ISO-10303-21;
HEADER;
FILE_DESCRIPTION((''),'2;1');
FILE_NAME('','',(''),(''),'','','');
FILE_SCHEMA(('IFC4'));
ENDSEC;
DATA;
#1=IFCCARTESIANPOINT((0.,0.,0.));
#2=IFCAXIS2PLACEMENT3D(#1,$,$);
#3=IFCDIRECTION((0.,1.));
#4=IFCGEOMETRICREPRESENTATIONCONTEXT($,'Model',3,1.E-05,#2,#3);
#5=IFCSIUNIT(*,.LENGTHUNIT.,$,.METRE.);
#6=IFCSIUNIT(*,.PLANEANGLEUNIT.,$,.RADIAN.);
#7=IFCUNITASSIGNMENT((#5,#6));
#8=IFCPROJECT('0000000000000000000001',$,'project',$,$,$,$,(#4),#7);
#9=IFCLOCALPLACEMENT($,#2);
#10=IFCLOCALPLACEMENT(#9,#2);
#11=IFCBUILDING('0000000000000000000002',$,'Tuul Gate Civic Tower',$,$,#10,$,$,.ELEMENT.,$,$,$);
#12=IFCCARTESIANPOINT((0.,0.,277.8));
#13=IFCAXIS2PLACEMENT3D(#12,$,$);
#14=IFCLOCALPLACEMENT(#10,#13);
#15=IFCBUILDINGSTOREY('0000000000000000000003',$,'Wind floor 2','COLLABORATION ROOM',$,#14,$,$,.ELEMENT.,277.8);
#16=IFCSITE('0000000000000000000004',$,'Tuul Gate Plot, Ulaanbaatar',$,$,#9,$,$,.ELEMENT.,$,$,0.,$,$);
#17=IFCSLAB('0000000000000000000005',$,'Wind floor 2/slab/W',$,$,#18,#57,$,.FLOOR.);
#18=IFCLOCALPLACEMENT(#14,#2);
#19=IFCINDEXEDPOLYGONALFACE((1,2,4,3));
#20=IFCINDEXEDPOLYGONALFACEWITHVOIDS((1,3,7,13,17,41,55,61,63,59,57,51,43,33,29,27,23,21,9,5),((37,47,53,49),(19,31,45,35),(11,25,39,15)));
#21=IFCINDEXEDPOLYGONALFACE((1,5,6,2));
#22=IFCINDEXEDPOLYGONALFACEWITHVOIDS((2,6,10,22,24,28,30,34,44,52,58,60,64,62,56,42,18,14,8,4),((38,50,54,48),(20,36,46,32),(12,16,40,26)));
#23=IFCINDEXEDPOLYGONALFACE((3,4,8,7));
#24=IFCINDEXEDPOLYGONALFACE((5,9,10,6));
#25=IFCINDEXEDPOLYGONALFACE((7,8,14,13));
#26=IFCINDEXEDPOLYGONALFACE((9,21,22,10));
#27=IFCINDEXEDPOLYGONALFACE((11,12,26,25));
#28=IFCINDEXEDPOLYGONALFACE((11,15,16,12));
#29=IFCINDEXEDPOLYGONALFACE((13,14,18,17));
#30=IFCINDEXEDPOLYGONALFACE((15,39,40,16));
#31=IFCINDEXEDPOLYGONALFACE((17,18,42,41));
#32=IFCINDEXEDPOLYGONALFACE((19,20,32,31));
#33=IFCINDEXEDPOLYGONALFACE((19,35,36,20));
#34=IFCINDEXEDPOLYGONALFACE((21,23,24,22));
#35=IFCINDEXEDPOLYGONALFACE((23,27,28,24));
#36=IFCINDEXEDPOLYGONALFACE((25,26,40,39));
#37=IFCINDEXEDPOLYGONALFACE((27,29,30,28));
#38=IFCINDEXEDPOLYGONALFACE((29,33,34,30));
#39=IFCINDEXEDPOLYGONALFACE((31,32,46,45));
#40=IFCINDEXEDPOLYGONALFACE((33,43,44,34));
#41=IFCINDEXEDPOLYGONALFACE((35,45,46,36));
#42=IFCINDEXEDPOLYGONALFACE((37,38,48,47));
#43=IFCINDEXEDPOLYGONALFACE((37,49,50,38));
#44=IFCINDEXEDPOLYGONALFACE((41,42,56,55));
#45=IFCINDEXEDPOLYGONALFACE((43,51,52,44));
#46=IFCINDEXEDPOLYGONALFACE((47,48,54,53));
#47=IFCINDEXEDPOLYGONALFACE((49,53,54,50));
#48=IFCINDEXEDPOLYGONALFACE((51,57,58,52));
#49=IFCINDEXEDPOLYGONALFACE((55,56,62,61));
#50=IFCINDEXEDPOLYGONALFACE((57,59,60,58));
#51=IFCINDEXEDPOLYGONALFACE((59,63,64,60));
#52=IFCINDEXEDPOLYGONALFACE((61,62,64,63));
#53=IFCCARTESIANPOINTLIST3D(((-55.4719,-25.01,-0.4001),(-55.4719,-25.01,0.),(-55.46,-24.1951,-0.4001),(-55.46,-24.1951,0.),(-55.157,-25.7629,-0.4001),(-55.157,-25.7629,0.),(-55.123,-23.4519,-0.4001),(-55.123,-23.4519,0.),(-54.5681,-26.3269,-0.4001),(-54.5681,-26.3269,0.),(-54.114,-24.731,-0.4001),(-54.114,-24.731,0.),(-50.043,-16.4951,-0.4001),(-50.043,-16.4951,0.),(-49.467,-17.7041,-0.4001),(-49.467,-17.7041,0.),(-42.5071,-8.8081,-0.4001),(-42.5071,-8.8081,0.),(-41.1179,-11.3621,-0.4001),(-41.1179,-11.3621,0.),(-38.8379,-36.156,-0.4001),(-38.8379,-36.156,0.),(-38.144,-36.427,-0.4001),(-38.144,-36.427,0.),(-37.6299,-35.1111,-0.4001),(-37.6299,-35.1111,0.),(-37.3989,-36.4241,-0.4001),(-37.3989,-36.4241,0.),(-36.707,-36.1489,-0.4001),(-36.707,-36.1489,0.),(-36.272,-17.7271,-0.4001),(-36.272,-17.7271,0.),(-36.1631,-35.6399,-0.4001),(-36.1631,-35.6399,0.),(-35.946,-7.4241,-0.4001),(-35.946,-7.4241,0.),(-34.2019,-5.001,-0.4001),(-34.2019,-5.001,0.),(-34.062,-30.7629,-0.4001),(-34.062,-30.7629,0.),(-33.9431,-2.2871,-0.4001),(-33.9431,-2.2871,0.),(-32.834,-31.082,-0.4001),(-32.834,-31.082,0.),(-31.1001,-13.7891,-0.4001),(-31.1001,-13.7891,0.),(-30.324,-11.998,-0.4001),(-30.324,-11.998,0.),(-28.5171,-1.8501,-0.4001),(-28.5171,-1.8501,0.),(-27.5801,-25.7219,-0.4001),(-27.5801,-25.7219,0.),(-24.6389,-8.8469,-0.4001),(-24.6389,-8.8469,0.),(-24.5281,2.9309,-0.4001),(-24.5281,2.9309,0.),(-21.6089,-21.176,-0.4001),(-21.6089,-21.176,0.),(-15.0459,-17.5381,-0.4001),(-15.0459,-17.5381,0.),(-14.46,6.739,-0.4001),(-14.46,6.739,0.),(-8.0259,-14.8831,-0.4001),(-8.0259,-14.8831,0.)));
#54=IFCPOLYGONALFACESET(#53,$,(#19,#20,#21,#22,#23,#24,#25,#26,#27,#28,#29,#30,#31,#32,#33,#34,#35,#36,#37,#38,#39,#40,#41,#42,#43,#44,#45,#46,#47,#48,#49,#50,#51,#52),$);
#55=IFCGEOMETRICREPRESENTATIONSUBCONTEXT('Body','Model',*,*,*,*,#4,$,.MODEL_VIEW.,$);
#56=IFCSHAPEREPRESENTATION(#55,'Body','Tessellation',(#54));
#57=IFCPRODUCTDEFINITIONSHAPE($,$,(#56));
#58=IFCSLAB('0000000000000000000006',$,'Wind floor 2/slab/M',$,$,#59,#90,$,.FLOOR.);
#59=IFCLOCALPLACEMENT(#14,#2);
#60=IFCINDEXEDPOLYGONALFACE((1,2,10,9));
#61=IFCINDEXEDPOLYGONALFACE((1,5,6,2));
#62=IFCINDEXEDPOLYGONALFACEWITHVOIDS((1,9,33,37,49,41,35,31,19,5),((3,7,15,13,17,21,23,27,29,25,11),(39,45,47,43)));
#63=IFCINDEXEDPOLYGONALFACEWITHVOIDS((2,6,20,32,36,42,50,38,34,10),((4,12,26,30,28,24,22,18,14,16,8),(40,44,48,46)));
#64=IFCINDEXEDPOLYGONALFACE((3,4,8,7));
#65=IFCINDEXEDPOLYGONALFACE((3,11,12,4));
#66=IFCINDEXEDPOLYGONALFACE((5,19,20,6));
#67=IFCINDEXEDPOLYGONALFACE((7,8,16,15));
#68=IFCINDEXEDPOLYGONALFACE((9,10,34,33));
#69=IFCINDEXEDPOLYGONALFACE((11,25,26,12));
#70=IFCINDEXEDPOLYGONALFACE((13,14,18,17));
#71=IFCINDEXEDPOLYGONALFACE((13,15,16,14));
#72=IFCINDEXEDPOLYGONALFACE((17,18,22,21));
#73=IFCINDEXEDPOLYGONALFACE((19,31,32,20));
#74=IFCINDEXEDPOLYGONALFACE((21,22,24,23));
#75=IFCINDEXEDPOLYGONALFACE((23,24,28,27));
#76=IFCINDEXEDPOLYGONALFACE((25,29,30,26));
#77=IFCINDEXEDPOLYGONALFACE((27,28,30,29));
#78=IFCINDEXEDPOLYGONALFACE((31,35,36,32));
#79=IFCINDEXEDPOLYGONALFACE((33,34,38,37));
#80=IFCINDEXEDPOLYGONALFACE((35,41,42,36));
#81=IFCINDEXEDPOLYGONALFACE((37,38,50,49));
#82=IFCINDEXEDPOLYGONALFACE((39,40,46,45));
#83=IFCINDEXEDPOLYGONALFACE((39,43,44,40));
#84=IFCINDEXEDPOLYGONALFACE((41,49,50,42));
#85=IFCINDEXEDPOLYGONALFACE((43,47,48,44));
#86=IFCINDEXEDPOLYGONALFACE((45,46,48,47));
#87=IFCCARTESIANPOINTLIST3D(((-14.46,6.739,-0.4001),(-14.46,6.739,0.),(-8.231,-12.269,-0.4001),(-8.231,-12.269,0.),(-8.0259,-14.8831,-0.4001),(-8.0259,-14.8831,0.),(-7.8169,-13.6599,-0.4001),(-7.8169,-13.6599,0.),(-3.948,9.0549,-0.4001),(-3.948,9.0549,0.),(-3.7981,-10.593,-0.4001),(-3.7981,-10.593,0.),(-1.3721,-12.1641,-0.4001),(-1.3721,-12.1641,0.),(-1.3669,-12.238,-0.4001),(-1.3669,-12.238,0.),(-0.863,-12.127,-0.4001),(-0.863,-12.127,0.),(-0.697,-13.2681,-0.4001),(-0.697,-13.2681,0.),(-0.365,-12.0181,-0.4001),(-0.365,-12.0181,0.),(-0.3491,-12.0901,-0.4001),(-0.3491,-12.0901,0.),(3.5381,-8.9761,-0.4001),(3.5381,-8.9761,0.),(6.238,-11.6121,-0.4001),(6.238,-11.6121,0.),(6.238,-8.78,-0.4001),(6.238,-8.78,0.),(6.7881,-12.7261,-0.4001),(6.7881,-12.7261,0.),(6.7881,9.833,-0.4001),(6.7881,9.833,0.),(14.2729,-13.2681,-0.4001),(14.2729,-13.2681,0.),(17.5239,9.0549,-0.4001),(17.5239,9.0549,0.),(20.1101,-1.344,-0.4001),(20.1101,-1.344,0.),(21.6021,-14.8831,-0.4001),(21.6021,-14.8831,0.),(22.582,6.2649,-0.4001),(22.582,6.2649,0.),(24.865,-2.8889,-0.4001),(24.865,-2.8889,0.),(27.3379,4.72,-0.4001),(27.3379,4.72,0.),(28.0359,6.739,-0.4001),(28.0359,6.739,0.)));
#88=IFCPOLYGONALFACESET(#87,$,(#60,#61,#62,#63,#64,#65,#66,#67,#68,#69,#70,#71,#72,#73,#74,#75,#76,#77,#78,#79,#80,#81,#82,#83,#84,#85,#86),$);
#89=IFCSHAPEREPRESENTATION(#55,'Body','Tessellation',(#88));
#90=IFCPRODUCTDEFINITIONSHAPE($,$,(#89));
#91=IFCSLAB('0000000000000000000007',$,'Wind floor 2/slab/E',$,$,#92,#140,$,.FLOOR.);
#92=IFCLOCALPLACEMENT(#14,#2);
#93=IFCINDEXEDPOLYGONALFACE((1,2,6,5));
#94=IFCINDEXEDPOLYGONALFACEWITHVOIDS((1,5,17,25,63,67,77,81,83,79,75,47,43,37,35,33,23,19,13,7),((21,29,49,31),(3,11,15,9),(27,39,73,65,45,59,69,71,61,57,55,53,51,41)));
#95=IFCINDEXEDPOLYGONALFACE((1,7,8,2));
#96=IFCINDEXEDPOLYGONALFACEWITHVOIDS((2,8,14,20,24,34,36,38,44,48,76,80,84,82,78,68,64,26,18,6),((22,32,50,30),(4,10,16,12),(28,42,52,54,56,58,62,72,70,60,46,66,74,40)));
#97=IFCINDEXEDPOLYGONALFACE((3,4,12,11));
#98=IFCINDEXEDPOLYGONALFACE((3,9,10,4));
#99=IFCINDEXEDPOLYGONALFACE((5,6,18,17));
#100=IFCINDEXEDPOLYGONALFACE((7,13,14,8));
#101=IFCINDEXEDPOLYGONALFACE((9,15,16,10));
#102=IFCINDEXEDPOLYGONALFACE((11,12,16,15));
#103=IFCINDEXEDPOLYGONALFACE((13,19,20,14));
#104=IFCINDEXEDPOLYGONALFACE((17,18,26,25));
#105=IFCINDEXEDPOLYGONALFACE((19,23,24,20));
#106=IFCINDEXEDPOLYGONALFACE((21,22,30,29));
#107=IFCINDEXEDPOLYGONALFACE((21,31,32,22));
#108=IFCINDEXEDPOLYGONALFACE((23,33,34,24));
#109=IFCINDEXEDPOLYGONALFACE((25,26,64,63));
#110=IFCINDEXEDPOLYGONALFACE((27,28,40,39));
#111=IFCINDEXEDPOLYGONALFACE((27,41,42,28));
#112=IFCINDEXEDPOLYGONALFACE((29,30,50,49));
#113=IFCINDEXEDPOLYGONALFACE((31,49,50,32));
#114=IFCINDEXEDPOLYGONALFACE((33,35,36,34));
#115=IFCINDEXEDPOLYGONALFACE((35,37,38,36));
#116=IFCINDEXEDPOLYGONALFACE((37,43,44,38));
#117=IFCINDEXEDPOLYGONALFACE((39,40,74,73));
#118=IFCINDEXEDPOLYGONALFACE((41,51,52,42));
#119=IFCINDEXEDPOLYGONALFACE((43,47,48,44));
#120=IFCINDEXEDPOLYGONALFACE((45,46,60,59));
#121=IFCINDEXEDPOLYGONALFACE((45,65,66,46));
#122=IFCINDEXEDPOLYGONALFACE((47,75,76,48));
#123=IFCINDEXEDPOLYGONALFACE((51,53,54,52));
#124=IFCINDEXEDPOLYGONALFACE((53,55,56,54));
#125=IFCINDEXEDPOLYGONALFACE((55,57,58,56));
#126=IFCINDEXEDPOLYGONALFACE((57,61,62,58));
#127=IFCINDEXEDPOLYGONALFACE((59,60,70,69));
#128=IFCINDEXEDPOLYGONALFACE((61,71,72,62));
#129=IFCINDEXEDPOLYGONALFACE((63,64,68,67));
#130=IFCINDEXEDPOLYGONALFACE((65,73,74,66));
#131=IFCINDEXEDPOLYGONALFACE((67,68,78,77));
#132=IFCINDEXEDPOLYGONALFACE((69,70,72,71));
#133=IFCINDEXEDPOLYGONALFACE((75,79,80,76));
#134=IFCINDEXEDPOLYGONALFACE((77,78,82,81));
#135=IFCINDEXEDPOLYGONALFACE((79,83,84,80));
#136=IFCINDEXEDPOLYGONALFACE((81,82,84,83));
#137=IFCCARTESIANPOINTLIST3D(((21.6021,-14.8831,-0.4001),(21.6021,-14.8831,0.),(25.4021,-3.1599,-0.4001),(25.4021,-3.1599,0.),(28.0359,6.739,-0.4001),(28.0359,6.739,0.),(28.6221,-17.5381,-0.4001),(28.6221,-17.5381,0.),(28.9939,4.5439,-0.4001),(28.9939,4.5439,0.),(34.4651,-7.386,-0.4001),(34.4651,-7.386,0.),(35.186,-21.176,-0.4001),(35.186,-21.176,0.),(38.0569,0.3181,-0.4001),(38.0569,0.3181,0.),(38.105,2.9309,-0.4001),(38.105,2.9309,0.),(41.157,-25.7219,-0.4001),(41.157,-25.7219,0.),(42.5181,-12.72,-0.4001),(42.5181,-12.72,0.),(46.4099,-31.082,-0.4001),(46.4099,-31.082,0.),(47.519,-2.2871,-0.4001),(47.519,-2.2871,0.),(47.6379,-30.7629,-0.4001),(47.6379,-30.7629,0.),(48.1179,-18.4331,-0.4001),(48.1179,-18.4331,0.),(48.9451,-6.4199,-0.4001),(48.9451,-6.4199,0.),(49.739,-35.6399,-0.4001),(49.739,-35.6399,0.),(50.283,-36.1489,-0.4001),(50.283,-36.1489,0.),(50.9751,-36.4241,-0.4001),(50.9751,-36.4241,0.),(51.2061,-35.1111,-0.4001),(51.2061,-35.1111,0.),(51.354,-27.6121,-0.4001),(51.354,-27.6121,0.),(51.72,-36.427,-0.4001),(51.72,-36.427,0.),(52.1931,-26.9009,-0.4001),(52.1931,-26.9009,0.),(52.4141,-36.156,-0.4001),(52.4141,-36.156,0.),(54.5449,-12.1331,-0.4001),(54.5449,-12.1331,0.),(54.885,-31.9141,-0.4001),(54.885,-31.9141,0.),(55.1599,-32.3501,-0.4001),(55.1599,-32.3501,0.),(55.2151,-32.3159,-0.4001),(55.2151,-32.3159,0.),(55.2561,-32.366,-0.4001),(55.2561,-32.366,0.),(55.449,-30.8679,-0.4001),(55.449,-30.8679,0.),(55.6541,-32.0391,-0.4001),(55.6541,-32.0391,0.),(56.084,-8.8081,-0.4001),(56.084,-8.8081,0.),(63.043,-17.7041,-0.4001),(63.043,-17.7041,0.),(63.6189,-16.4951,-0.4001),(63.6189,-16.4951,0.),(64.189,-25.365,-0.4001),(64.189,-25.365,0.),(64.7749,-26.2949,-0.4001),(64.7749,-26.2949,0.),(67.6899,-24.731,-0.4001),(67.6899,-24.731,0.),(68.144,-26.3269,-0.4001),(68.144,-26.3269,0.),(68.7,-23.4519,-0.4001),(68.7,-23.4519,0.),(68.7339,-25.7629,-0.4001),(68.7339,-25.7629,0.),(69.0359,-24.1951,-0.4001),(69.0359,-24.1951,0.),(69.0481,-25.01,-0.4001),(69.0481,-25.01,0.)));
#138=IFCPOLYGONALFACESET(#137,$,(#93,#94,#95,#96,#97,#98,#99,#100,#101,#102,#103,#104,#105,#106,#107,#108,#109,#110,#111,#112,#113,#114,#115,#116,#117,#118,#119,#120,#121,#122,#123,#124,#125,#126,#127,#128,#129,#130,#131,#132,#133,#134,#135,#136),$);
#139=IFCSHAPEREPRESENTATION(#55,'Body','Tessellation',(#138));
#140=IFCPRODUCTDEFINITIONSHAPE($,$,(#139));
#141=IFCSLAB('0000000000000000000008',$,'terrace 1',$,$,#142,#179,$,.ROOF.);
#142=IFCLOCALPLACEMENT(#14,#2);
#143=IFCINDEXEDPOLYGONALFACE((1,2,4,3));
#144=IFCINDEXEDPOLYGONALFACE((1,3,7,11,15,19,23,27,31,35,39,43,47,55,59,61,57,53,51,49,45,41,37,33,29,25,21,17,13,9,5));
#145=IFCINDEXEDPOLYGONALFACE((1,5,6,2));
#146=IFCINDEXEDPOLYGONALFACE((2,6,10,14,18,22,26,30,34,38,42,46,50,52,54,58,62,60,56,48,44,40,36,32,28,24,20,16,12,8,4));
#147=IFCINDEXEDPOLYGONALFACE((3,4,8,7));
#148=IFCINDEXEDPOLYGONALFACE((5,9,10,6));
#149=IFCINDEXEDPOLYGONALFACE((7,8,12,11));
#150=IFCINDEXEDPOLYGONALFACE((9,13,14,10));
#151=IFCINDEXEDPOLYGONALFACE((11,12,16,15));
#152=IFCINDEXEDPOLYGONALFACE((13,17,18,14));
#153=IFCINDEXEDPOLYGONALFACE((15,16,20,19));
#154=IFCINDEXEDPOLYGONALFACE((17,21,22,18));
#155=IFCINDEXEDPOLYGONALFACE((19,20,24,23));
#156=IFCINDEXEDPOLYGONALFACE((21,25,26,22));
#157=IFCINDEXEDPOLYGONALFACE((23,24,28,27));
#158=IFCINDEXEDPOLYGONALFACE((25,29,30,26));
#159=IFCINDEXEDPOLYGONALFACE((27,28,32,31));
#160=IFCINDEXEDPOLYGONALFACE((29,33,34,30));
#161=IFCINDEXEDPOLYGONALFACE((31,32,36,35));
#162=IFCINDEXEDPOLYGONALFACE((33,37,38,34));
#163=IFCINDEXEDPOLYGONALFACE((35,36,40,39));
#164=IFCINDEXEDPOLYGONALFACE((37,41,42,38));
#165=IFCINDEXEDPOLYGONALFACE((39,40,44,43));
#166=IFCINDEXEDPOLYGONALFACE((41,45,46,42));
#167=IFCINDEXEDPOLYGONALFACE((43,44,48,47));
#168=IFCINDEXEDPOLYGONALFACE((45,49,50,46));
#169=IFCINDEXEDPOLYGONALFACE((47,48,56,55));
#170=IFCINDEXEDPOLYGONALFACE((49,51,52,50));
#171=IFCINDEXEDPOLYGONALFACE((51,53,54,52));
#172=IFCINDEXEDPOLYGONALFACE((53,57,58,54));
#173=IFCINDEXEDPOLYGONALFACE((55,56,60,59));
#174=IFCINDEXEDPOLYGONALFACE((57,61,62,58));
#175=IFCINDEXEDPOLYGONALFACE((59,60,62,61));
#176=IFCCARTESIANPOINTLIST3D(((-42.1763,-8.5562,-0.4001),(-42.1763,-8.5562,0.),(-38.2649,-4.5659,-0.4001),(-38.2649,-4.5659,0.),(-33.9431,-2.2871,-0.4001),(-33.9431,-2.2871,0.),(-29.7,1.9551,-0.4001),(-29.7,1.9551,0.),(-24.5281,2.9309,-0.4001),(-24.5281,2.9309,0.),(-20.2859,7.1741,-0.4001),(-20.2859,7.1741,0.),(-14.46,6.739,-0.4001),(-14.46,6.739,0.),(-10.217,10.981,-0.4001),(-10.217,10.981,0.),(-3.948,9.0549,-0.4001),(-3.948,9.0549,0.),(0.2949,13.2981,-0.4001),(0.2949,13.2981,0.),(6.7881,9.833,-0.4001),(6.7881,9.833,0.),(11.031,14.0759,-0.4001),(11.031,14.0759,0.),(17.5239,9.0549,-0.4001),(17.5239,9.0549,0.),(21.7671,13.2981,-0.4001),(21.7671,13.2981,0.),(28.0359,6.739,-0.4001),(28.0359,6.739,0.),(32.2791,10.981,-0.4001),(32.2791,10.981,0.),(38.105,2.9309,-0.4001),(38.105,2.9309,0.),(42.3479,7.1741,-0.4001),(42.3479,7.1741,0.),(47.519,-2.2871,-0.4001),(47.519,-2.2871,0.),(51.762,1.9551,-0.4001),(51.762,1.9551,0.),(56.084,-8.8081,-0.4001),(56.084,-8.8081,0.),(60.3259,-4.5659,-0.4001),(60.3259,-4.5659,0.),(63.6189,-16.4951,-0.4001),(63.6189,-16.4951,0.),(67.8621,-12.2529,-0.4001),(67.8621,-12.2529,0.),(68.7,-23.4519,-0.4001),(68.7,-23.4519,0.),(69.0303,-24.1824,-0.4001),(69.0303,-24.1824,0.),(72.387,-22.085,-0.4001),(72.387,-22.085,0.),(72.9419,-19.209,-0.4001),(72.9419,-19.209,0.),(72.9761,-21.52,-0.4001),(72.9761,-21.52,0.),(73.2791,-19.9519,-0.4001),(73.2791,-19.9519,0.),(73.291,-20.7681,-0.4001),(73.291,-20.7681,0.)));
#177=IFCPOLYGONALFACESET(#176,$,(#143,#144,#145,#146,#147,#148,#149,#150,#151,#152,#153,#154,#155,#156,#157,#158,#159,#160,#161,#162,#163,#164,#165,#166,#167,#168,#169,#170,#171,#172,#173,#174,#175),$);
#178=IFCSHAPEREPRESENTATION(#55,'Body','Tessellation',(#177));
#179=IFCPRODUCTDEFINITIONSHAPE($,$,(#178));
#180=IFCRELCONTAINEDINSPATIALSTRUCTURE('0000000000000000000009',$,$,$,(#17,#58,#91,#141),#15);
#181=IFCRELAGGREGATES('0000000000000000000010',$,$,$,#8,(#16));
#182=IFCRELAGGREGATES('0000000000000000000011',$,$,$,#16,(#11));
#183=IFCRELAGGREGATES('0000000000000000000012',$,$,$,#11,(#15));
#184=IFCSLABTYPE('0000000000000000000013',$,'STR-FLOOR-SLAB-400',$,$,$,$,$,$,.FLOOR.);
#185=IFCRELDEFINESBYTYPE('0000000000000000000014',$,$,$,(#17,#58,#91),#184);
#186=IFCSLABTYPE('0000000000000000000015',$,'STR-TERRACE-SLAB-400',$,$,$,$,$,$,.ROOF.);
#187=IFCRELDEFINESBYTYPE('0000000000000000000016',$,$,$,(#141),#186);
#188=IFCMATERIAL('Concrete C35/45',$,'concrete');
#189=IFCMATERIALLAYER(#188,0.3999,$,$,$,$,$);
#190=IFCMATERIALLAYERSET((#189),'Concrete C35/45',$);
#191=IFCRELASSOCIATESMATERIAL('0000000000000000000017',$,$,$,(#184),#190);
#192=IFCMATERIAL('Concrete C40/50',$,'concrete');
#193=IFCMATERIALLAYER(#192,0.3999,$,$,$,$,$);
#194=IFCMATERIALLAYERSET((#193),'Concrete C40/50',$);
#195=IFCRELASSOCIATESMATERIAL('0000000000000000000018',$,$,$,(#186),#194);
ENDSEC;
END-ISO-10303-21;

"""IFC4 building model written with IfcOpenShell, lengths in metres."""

from ifc_helpers import new_model, si_unit, direction, frame, origin, place, context, subcontext, project, spatial, polyline, outline, extrude, material, layer, layer_set, type_object, element, save


model = new_model("IFC4")

# Units and contexts
model_context = context("Model", 3, precision=1e-05, world=origin(), true_north=direction((0.0, 1.0)))
body_context = subcontext(model_context, "Body", "Model", "MODEL_VIEW")
ifc_project = project(units=[si_unit("LENGTHUNIT", "METRE"), si_unit("PLANEANGLEUNIT", "RADIAN")], contexts=[model_context])

# Site, building, storey
site_placement = place(None, origin())
site = spatial("IfcSite", under=ifc_project, at=site_placement, Name="Tuul Gate Plot, Ulaanbaatar", CompositionType="ELEMENT", RefElevation=0.0)
building_placement = place(site_placement, origin())
building = spatial("IfcBuilding", under=site, at=building_placement, Name="Tuul Gate Civic Tower", CompositionType="ELEMENT")
storey_placement = place(building_placement, frame((0.0, 0.0, 277.8)))
storey = spatial("IfcBuildingStorey", under=building, at=storey_placement, Name="Wind floor 2", Description="COLLABORATION ROOM", CompositionType="ELEMENT", Elevation=277.8)

# Slabs
ifc_material_1 = material(Name="Concrete C35/45", Category="concrete")
ifc_layer_1 = layer(ifc_material_1, 0.3999)
ifc_layer_set_1 = layer_set([ifc_layer_1], Name="Concrete C35/45")
slab_type_1 = type_object("IfcSlabType", Name="STR-FLOOR-SLAB-400", PredefinedType="FLOOR", material=ifc_layer_set_1)
slab_1_placement = place(storey_placement, frame((0.0, 0.0, -0.4001)))
element("IfcSlab", 1, at=slab_1_placement, inside=storey, type_object=slab_type_1, Name="Wind floor 2/slab/W", PredefinedType="FLOOR", context=body_context, shape_type="SweptSolid", body=[
    extrude(outline(polyline([(-8.0259, -14.8831), (-14.46, 6.739), (-24.5281, 2.9309), (-33.9431, -2.2871), (-42.5071, -8.8081), (-50.043, -16.4951), (-55.123, -23.4519), (-55.46, -24.1951), (-55.4719, -25.01), (-55.157, -25.7629), (-54.5681, -26.3269), (-38.8379, -36.156), (-38.144, -36.427), (-37.3989, -36.4241), (-36.707, -36.1489), (-36.1631, -35.6399), (-32.834, -31.082), (-27.5801, -25.7219), (-21.6089, -21.176), (-15.0459, -17.5381), (-8.0259, -14.8831)]), holes=[polyline([(-54.114, -24.731), (-49.467, -17.7041), (-34.062, -30.7629), (-37.6299, -35.1111), (-54.114, -24.731)]), polyline([(-36.272, -17.7271), (-41.1179, -11.3621), (-35.946, -7.4241), (-31.1001, -13.7891), (-36.272, -17.7271)]), polyline([(-30.324, -11.998), (-34.2019, -5.001), (-28.5171, -1.8501), (-24.6389, -8.8469), (-30.324, -11.998)])]), origin(), (0.0, 0.0, 1.0), 0.4001),
])
slab_2_placement = place(storey_placement, frame((0.0, 0.0, -0.4001)))
element("IfcSlab", 2, at=slab_2_placement, inside=storey, type_object=slab_type_1, Name="Wind floor 2/slab/M", PredefinedType="FLOOR", context=body_context, shape_type="SweptSolid", body=[
    extrude(outline(polyline([(21.6021, -14.8831), (28.0359, 6.739), (17.5239, 9.0549), (6.7881, 9.833), (-3.948, 9.0549), (-14.46, 6.739), (-8.0259, -14.8831), (-0.697, -13.2681), (6.7881, -12.7261), (14.2729, -13.2681), (21.6021, -14.8831)]), holes=[polyline([(6.238, -8.78), (6.238, -11.6121), (-0.3491, -12.0901), (-0.365, -12.0181), (-0.863, -12.127), (-1.3721, -12.1641), (-1.3669, -12.238), (-7.8169, -13.6599), (-8.231, -12.269), (-3.7981, -10.593), (3.5381, -8.9761), (6.238, -8.78)]), polyline([(20.1101, -1.344), (22.582, 6.2649), (27.3379, 4.72), (24.865, -2.8889), (20.1101, -1.344)])]), origin(), (0.0, 0.0, 1.0), 0.4001),
])
slab_3_placement = place(storey_placement, frame((0.0, 0.0, -0.4001)))
element("IfcSlab", 3, at=slab_3_placement, inside=storey, type_object=slab_type_1, Name="Wind floor 2/slab/E", PredefinedType="FLOOR", context=body_context, shape_type="SweptSolid", body=[
    extrude(outline(polyline([(51.72, -36.427), (52.4141, -36.156), (68.144, -26.3269), (68.7339, -25.7629), (69.0481, -25.01), (69.0359, -24.1951), (68.7, -23.4519), (63.6189, -16.4951), (56.084, -8.8081), (47.519, -2.2871), (38.105, 2.9309), (28.0359, 6.739), (21.6021, -14.8831), (28.6221, -17.5381), (35.186, -21.176), (41.157, -25.7219), (46.4099, -31.082), (49.739, -35.6399), (50.283, -36.1489), (50.9751, -36.4241), (51.72, -36.427)]), holes=[polyline([(47.6379, -30.7629), (51.354, -27.6121), (54.885, -31.9141), (55.1599, -32.3501), (55.2151, -32.3159), (55.2561, -32.366), (55.6541, -32.0391), (64.7749, -26.2949), (64.189, -25.365), (55.449, -30.8679), (52.1931, -26.9009), (63.043, -17.7041), (67.6899, -24.731), (51.2061, -35.1111), (47.6379, -30.7629)]), polyline([(42.5181, -12.72), (48.9451, -6.4199), (54.5449, -12.1331), (48.1179, -18.4331), (42.5181, -12.72)]), polyline([(25.4021, -3.1599), (28.9939, 4.5439), (38.0569, 0.3181), (34.4651, -7.386), (25.4021, -3.1599)])]), origin(), (0.0, 0.0, 1.0), 0.4001),
])
ifc_material_2 = material(Name="Concrete C40/50", Category="concrete")
ifc_layer_2 = layer(ifc_material_2, 0.3999)
ifc_layer_set_2 = layer_set([ifc_layer_2], Name="Concrete C40/50")
slab_type_2 = type_object("IfcSlabType", Name="STR-TERRACE-SLAB-400", PredefinedType="ROOF", material=ifc_layer_set_2)
slab_4_placement = place(storey_placement, frame((0.0, 0.0, -0.4001)))
element("IfcSlab", 4, at=slab_4_placement, inside=storey, type_object=slab_type_2, Name="terrace 1", PredefinedType="ROOF", context=body_context, shape_type="SweptSolid", body=[
    extrude(outline(polyline([(-38.2649, -4.5659), (-29.7, 1.9551), (-20.2859, 7.1741), (-10.217, 10.981), (0.2949, 13.2981), (11.031, 14.0759), (21.7671, 13.2981), (32.2791, 10.981), (42.3479, 7.1741), (51.762, 1.9551), (60.3259, -4.5659), (67.8621, -12.2529), (72.9419, -19.209), (73.2791, -19.9519), (73.291, -20.7681), (72.9761, -21.52), (72.387, -22.085), (69.0303, -24.1824), (68.7, -23.4519), (63.6189, -16.4951), (56.084, -8.8081), (47.519, -2.2871), (38.105, 2.9309), (28.0359, 6.739), (17.5239, 9.0549), (6.7881, 9.833), (-3.948, 9.0549), (-14.46, 6.739), (-24.5281, 2.9309), (-33.9431, -2.2871), (-42.1763, -8.5562), (-38.2649, -4.5659)])), origin(), (0.0, 0.0, 1.0), 0.4001),
])

save(model, "model.ifc")
